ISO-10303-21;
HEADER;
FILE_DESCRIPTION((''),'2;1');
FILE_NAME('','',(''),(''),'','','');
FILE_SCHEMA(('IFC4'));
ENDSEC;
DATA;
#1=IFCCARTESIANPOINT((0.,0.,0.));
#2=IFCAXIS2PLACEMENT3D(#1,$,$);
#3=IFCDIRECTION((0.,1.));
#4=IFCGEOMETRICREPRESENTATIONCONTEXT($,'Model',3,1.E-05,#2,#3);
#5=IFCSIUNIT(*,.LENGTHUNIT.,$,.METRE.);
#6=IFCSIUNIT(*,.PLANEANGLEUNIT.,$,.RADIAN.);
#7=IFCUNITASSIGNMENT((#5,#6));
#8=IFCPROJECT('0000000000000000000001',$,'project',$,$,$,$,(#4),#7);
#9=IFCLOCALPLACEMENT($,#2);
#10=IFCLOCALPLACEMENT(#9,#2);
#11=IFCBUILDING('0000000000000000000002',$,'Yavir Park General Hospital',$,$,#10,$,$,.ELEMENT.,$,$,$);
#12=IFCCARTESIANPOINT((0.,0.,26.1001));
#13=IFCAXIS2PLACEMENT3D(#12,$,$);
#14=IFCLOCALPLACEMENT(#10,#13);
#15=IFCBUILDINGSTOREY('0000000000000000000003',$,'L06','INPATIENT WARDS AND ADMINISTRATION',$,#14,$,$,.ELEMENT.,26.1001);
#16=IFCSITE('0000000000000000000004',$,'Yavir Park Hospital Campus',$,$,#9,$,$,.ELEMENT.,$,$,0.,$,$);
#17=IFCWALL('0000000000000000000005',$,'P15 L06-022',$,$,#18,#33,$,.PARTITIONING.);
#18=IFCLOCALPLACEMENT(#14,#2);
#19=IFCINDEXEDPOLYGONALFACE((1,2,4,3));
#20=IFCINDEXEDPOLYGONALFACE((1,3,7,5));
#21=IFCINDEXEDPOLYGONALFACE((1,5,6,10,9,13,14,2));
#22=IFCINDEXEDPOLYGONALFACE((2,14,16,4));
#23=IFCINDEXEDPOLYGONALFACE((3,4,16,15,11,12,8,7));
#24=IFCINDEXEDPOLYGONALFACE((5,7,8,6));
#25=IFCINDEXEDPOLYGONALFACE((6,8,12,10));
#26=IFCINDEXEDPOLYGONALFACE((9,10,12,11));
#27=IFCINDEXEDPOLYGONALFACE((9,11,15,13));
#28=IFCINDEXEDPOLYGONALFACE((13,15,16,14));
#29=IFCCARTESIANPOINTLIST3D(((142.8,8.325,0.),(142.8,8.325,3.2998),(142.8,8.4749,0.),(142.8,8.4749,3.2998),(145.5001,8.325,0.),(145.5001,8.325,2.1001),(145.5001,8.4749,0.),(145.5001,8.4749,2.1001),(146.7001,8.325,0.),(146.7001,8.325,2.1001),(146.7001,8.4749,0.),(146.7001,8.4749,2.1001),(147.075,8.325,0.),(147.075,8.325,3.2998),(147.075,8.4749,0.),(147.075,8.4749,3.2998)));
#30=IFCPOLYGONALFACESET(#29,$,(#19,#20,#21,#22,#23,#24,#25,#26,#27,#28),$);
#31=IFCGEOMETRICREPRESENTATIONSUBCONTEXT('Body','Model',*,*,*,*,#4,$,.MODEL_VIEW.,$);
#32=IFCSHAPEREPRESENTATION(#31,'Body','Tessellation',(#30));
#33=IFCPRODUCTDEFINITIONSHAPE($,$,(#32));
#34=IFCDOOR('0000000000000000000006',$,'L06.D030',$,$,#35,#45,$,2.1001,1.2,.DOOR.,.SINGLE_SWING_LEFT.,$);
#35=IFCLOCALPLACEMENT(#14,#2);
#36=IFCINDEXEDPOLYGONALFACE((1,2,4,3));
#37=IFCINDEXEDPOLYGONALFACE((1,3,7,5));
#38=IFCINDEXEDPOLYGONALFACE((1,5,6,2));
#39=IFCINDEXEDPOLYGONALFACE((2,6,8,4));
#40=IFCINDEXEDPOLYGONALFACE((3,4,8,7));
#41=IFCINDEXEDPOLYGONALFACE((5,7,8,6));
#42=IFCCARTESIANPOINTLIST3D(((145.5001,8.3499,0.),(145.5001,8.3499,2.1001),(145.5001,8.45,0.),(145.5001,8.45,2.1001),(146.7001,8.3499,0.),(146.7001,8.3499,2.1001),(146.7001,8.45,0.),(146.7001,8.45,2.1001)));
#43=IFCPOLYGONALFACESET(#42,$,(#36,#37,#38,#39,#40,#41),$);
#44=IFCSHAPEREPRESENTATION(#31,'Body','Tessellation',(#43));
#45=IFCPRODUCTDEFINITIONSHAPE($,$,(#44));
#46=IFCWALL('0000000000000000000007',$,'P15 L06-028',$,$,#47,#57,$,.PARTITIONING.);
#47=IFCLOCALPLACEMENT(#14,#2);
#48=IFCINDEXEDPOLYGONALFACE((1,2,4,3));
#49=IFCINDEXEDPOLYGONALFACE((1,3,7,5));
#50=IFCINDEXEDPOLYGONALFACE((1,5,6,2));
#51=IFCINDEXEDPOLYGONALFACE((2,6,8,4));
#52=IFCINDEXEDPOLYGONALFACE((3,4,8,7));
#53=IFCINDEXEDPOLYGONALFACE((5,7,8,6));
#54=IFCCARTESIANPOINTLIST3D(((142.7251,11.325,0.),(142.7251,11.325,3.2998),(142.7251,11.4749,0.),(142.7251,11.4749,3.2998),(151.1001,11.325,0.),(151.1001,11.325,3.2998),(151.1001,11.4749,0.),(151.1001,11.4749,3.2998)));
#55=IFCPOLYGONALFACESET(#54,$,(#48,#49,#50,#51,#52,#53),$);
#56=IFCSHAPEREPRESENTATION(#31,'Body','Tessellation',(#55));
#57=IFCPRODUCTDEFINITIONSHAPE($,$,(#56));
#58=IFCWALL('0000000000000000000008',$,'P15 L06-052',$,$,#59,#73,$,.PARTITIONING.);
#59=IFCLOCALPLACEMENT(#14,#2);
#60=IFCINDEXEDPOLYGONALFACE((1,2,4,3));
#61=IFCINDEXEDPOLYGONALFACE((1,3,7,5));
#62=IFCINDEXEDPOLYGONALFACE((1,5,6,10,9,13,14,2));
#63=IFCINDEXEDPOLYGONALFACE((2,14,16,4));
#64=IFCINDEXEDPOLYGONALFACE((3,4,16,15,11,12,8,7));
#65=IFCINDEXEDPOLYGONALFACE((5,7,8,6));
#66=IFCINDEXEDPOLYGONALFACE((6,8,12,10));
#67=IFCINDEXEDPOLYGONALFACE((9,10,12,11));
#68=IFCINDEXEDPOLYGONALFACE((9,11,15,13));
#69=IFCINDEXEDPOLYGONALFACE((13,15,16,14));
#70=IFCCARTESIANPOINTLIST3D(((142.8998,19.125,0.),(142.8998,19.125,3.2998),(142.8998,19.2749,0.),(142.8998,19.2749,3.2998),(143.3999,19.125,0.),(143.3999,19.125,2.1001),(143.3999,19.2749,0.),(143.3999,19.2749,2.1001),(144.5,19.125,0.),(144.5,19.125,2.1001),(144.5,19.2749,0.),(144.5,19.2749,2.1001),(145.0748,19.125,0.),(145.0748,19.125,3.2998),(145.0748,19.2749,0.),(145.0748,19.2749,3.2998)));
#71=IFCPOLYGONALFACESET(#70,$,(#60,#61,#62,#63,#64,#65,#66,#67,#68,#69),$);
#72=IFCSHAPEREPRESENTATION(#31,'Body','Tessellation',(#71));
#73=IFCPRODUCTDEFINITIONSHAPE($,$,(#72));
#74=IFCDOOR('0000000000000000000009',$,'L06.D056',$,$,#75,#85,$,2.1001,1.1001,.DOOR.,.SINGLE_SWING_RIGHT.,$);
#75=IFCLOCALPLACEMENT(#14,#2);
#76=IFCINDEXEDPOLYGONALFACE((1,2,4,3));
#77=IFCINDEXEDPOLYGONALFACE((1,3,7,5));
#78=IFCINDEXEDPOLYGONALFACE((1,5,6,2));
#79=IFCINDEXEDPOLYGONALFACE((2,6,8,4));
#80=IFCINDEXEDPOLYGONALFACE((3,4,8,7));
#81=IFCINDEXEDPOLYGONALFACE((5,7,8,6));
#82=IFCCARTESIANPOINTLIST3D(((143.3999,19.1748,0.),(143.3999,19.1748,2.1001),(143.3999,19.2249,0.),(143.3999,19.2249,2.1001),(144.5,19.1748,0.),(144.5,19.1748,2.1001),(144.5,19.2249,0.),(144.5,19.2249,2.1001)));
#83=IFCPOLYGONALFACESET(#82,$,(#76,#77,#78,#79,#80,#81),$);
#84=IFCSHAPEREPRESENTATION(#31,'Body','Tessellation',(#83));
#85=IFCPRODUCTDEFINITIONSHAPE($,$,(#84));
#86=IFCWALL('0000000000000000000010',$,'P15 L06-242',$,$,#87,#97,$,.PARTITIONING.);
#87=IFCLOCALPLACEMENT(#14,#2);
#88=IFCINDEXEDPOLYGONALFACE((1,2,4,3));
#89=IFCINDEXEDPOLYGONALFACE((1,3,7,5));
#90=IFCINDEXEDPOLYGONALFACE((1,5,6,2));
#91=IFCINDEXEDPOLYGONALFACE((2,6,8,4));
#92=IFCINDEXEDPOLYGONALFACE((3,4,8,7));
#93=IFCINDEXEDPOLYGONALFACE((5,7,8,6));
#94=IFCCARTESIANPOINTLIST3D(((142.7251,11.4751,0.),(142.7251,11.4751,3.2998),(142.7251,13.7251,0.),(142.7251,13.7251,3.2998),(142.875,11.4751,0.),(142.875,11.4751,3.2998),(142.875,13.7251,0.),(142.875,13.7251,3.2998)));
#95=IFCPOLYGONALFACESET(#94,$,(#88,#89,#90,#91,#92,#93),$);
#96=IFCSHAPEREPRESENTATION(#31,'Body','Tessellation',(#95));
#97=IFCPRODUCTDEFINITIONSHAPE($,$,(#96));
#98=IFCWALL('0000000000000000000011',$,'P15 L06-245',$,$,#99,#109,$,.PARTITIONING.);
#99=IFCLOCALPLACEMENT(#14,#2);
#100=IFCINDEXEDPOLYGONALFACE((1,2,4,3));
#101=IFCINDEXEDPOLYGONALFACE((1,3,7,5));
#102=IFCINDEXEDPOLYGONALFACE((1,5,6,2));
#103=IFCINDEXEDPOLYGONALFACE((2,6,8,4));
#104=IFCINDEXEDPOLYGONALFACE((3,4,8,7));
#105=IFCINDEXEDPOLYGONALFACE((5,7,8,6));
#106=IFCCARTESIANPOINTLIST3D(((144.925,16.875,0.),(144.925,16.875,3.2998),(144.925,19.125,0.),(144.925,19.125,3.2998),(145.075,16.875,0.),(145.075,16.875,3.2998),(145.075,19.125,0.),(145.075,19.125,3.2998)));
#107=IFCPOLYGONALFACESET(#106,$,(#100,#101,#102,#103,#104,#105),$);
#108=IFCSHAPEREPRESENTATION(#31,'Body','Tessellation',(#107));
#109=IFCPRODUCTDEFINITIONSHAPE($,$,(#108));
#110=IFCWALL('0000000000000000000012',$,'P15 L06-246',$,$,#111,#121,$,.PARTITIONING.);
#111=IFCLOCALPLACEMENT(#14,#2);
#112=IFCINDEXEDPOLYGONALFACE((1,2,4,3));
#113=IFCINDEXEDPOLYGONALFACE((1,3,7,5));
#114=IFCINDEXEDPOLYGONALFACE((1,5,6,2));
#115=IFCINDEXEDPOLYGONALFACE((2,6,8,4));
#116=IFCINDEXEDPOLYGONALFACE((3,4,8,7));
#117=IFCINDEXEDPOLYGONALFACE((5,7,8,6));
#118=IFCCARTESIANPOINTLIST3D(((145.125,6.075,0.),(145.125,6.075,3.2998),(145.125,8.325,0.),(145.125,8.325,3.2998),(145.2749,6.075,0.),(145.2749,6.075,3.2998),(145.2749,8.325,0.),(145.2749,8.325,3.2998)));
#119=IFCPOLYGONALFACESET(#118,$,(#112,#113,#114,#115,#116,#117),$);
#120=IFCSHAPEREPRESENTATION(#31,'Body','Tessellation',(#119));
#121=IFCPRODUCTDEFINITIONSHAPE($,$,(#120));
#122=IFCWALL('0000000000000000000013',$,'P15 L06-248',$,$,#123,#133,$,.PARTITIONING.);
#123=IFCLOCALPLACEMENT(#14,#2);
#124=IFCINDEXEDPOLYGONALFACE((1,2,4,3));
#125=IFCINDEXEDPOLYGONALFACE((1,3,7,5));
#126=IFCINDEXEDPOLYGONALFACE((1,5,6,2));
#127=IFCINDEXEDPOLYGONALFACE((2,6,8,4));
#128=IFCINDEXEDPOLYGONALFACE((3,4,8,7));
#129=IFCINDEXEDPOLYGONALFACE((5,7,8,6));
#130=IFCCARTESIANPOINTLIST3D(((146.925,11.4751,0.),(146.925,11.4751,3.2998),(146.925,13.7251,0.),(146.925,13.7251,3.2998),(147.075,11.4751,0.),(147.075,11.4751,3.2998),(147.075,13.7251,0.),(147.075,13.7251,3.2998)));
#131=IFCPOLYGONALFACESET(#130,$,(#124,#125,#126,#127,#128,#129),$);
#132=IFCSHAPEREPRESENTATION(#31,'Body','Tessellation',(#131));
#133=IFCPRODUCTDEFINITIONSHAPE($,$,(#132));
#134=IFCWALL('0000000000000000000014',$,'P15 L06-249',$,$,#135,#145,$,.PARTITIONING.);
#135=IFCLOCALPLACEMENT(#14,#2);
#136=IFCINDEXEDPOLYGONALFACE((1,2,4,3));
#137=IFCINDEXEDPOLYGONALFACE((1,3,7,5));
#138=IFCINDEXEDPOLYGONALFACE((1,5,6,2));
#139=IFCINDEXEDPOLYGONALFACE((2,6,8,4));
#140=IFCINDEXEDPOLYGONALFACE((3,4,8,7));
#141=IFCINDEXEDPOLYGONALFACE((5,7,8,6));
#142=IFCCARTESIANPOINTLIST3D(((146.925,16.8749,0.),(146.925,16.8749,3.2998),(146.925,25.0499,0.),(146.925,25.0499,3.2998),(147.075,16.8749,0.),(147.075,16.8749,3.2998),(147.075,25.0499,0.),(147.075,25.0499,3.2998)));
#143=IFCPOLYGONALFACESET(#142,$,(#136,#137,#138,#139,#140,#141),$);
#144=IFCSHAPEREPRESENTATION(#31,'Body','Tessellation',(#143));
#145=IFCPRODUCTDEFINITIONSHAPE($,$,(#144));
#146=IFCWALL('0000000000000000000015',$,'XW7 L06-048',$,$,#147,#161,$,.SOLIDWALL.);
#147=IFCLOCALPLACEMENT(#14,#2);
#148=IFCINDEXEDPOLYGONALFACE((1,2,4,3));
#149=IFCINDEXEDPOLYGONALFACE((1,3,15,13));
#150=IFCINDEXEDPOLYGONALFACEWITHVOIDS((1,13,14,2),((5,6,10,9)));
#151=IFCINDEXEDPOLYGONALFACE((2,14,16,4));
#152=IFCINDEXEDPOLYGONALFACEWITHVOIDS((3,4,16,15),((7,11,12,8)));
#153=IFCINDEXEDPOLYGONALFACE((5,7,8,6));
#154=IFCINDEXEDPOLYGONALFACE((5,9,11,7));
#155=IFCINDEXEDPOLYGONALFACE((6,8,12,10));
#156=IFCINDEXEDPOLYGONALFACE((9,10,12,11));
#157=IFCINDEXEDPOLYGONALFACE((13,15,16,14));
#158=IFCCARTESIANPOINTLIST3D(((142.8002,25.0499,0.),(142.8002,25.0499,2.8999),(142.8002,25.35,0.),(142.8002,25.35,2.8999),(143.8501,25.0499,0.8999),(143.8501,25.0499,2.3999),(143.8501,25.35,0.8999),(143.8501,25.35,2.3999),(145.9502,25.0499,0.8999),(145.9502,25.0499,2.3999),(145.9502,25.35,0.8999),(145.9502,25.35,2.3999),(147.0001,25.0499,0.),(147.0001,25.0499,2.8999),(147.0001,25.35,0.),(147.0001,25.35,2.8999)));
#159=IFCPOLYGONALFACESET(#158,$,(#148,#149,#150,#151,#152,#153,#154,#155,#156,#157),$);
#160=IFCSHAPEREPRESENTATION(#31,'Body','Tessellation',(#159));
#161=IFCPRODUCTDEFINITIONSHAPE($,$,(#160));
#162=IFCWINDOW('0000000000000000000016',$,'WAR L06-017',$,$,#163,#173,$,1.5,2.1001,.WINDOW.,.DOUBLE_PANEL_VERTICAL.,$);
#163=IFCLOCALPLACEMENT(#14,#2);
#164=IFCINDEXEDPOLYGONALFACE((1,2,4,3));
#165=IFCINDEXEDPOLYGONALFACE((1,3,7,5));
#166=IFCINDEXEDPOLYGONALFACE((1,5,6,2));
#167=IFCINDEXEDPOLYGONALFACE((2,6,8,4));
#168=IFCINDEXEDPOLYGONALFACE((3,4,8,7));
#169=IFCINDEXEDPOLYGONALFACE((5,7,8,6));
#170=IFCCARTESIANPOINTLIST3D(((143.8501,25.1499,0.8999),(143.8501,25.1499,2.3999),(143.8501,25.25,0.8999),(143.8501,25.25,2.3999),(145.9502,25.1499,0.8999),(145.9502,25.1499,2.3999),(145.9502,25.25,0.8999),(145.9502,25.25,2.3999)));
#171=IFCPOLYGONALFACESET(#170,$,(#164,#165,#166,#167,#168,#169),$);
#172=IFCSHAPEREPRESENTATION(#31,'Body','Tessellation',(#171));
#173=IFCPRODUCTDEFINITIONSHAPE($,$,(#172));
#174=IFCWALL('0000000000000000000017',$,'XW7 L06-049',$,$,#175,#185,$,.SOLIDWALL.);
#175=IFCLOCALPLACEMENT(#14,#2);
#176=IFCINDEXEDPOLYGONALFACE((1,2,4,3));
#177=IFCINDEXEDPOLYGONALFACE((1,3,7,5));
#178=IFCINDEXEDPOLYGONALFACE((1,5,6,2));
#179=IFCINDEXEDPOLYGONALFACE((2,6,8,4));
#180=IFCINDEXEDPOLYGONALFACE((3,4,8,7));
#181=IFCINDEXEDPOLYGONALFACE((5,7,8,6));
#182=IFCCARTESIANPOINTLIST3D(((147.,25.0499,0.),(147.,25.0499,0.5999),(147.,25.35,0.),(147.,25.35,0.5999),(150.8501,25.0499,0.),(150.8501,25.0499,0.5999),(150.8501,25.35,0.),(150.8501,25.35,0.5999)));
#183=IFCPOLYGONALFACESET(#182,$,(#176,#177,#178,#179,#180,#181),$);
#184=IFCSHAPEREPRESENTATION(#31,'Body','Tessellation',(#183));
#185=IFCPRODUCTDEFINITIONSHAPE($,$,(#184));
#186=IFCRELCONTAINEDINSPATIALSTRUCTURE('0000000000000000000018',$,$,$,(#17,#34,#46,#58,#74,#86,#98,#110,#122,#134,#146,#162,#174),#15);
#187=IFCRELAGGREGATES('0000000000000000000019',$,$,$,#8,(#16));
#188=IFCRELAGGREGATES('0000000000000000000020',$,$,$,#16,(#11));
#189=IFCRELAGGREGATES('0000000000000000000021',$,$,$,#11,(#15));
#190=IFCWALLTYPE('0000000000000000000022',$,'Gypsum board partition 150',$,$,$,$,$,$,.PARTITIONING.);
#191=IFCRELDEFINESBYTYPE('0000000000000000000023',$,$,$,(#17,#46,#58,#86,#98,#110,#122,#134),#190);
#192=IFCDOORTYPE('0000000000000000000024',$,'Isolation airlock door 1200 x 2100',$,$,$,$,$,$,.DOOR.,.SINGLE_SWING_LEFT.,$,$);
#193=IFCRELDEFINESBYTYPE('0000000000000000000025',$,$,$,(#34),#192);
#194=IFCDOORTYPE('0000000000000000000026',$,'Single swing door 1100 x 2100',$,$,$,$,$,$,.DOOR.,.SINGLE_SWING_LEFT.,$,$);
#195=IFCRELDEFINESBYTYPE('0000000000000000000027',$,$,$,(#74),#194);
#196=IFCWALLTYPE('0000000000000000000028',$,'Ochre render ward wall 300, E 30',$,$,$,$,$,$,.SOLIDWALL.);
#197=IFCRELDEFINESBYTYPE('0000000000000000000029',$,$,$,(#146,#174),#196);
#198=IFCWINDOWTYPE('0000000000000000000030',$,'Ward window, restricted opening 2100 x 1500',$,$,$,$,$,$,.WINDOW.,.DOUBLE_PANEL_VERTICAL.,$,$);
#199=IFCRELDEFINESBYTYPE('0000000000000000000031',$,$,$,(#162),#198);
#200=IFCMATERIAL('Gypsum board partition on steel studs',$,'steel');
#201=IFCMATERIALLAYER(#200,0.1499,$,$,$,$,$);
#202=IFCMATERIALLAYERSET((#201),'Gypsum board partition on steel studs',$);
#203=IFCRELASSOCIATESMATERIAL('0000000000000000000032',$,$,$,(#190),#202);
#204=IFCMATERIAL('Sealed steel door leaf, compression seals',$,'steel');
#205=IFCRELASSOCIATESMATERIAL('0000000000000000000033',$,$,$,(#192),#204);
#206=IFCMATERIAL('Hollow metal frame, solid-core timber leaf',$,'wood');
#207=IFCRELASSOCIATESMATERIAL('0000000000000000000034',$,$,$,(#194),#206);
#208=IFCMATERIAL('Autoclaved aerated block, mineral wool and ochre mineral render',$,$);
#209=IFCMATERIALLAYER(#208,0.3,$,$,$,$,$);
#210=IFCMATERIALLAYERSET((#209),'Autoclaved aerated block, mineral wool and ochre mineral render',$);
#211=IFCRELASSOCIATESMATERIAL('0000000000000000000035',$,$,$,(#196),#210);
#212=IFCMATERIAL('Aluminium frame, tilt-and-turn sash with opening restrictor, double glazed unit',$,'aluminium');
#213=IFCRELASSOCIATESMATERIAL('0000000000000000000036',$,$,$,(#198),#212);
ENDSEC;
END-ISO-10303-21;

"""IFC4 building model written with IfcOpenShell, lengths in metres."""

from ifc_helpers import new_model, si_unit, direction, frame, frame_2d, origin, place, context, subcontext, project, spatial, rectangle, extrude, material, layer, layer_set, type_object, element, fill, save


model = new_model("IFC4")

# Units and contexts
model_context = context("Model", 3, precision=1e-05, world=origin(), true_north=direction((0.0, 1.0)))
body_context = subcontext(model_context, "Body", "Model", "MODEL_VIEW")
ifc_project = project(units=[si_unit("LENGTHUNIT", "METRE"), si_unit("PLANEANGLEUNIT", "RADIAN")], contexts=[model_context])

# Site, building, storey
site_placement = place(None, origin())
site = spatial("IfcSite", under=ifc_project, at=site_placement, Name="Yavir Park Hospital Campus", CompositionType="ELEMENT", RefElevation=0.0)
building_placement = place(site_placement, origin())
building = spatial("IfcBuilding", under=site, at=building_placement, Name="Yavir Park General Hospital", CompositionType="ELEMENT")
storey_placement = place(building_placement, frame((0.0, 0.0, 26.1001)))
storey = spatial("IfcBuildingStorey", under=building, at=storey_placement, Name="L06", Description="INPATIENT WARDS AND ADMINISTRATION", CompositionType="ELEMENT", Elevation=26.1001)

# Shared definitions
ifc_material_1 = material(Name="Gypsum board partition on steel studs", Category="steel")
ifc_layer_1 = layer(ifc_material_1, 0.1499)
ifc_layer_set_1 = layer_set([ifc_layer_1], Name="Gypsum board partition on steel studs")
wall_type_1 = type_object("IfcWallType", Name="Gypsum board partition 150", PredefinedType="PARTITIONING", material=ifc_layer_set_1)
ifc_material_2 = material(Name="Sealed steel door leaf, compression seals", Category="steel")
door_type_1 = type_object("IfcDoorType", Name="Isolation airlock door 1200 x 2100", OperationType="SINGLE_SWING_LEFT", PredefinedType="DOOR", material=ifc_material_2)
ifc_material_3 = material(Name="Hollow metal frame, solid-core timber leaf", Category="wood")
door_type_2 = type_object("IfcDoorType", Name="Single swing door 1100 x 2100", OperationType="SINGLE_SWING_LEFT", PredefinedType="DOOR", material=ifc_material_3)

# Wall, opening, door
wall_1_placement = place(storey_placement, frame((142.8, 8.3999, 0.0), z_axis=(0.0, 0.0, 1.0), x_axis=(1.0, 0.0, 0.0)))
wall_1 = element("IfcWall", 1, at=wall_1_placement, inside=storey, type_object=wall_type_1, Name="P15 L06-022", PredefinedType="PARTITIONING", context=body_context, shape_type="SweptSolid", body=[
    extrude(rectangle(XDim=4.2749, YDim=0.1499, at=frame_2d((2.1375, 0.0))), origin(), (0.0, 0.0, 1.0), 3.2998),
])
opening_1_placement = place(wall_1_placement, frame((2.7, 0.0, 0.0)))
opening_1 = element("IfcOpeningElement", 2, at=opening_1_placement, cuts=wall_1, PredefinedType="OPENING", context=body_context, shape_type="SweptSolid", body=[
    extrude(rectangle(XDim=1.2, YDim=2.1001, at=frame_2d((0.6001, 1.05))), frame((0.0, 0.085, 0.0), z_axis=(0.0, -1.0, 0.0), x_axis=(1.0, 0.0, 0.0)), (0.0, 0.0, 1.0), 0.1699),
])
door_1_placement = place(opening_1_placement, origin())
door_1 = element("IfcDoor", 3, at=door_1_placement, inside=storey, type_object=door_type_1, Name="L06.D030", OperationType="SINGLE_SWING_LEFT", OverallHeight=2.1001, OverallWidth=1.2, PredefinedType="DOOR", context=body_context, shape_type="SweptSolid", body=[
    extrude(rectangle(XDim=1.2, YDim=2.1001, at=frame_2d((0.6001, 1.05))), frame((0.0, 0.05, 0.0), z_axis=(0.0, -1.0, 0.0), x_axis=(1.0, 0.0, 0.0)), (0.0, 0.0, 1.0), 0.1001),
])
fill(opening_1, door_1)

# Wall
wall_2_placement = place(storey_placement, frame((142.7251, 11.3999, 0.0), z_axis=(0.0, 0.0, 1.0), x_axis=(1.0, 0.0, 0.0)))
element("IfcWall", 4, at=wall_2_placement, inside=storey, type_object=wall_type_1, Name="P15 L06-028", PredefinedType="PARTITIONING", context=body_context, shape_type="SweptSolid", body=[
    extrude(rectangle(XDim=8.375, YDim=0.1499, at=frame_2d((4.1875, 0.0))), origin(), (0.0, 0.0, 1.0), 3.2998),
])

# Wall, opening, door
wall_3_placement = place(storey_placement, frame((142.8999, 19.2, 0.0), z_axis=(0.0, 0.0, 1.0), x_axis=(1.0, 0.0, 0.0)))
wall_3 = element("IfcWall", 5, at=wall_3_placement, inside=storey, type_object=wall_type_1, Name="P15 L06-052", PredefinedType="PARTITIONING", context=body_context, shape_type="SweptSolid", body=[
    extrude(rectangle(XDim=2.175, YDim=0.1499, at=frame_2d((1.0874, 0.0))), origin(), (0.0, 0.0, 1.0), 3.2998),
])
opening_2_placement = place(wall_3_placement, frame((0.5, 0.0, 0.0)))
opening_2 = element("IfcOpeningElement", 6, at=opening_2_placement, cuts=wall_3, PredefinedType="OPENING", context=body_context, shape_type="SweptSolid", body=[
    extrude(rectangle(XDim=1.1001, YDim=2.1001, at=frame_2d((0.55, 1.05))), frame((0.0, 0.085, 0.0), z_axis=(0.0, -1.0, 0.0), x_axis=(1.0, 0.0, 0.0)), (0.0, 0.0, 1.0), 0.1699),
])
door_2_placement = place(opening_2_placement, origin())
door_2 = element("IfcDoor", 7, at=door_2_placement, inside=storey, type_object=door_type_2, Name="L06.D056", OperationType="SINGLE_SWING_RIGHT", OverallHeight=2.1001, OverallWidth=1.1001, PredefinedType="DOOR", context=body_context, shape_type="SweptSolid", body=[
    extrude(rectangle(XDim=1.1001, YDim=2.1001, at=frame_2d((0.55, 1.05))), frame((0.0, 0.0249, 0.0), z_axis=(0.0, -1.0, 0.0), x_axis=(1.0, 0.0, 0.0)), (0.0, 0.0, 1.0), 0.05),
])
fill(opening_2, door_2)

# Walls
for number, where, z_axis, x_axis, name in (
    (8, (142.8, 11.4751, 0.0), (0.0, 0.0, 1.0), (0.0, 1.0, 0.0), "P15 L06-242"),
    (9, (145.0, 16.875, 0.0), (0.0, 0.0, 1.0), (0.0, 1.0, 0.0), "P15 L06-245"),
    (10, (145.2, 6.075, 0.0), (0.0, 0.0, 1.0), (0.0, 1.0, 0.0), "P15 L06-246"),
    (11, (147.0, 11.4751, 0.0), (0.0, 0.0, 1.0), (0.0, 1.0, 0.0), "P15 L06-248"),
):
    element("IfcWall", number, at=place(storey_placement, frame(where, z_axis=z_axis, x_axis=x_axis)), inside=storey, type_object=wall_type_1, Name=name, PredefinedType="PARTITIONING", context=body_context, shape_type="SweptSolid", body=[
        extrude(rectangle(XDim=2.25, YDim=0.1499, at=frame_2d((1.125, 0.0))), origin(), (0.0, 0.0, 1.0), 3.2998),
    ])
wall_4_placement = place(storey_placement, frame((147.0, 16.875, 0.0), z_axis=(0.0, 0.0, 1.0), x_axis=(0.0, 1.0, 0.0)))
element("IfcWall", 12, at=wall_4_placement, inside=storey, type_object=wall_type_1, Name="P15 L06-249", PredefinedType="PARTITIONING", context=body_context, shape_type="SweptSolid", body=[
    extrude(rectangle(XDim=8.175, YDim=0.1499, at=frame_2d((4.0874, 0.0))), origin(), (0.0, 0.0, 1.0), 3.2998),
])

# Wall, opening, window
ifc_material_4 = material(Name="Autoclaved aerated block, mineral wool and ochre mineral render")
ifc_layer_2 = layer(ifc_material_4, 0.3)
ifc_layer_set_2 = layer_set([ifc_layer_2], Name="Autoclaved aerated block, mineral wool and ochre mineral render")
wall_type_2 = type_object("IfcWallType", Name="Ochre render ward wall 300, E 30", PredefinedType="SOLIDWALL", material=ifc_layer_set_2)
wall_5_placement = place(storey_placement, frame((142.8, 25.2, 0.0), z_axis=(0.0, 0.0, 1.0), x_axis=(1.0, 0.0, 0.0)))
wall_5 = element("IfcWall", 13, at=wall_5_placement, inside=storey, type_object=wall_type_2, Name="XW7 L06-048", PredefinedType="SOLIDWALL", context=body_context, shape_type="SweptSolid", body=[
    extrude(rectangle(XDim=4.2, YDim=0.3, at=frame_2d((2.1001, 0.0))), origin(), (0.0, 0.0, 1.0), 2.8999),
])
opening_3_placement = place(wall_5_placement, frame((1.05, 0.0, 0.8999)))
opening_3 = element("IfcOpeningElement", 14, at=opening_3_placement, cuts=wall_5, PredefinedType="OPENING", context=body_context, shape_type="SweptSolid", body=[
    extrude(rectangle(XDim=2.1001, YDim=1.5, at=frame_2d((1.05, 0.75))), frame((0.0, 0.1599, 0.0), z_axis=(0.0, -1.0, 0.0), x_axis=(1.0, 0.0, 0.0)), (0.0, 0.0, 1.0), 0.3201),
])
ifc_material_5 = material(Name="Aluminium frame, tilt-and-turn sash with opening restrictor, double glazed unit", Category="aluminium")
window_type = type_object("IfcWindowType", Name="Ward window, restricted opening 2100 x 1500", PartitioningType="DOUBLE_PANEL_VERTICAL", PredefinedType="WINDOW", material=ifc_material_5)
window_placement = place(opening_3_placement, origin())
window = element("IfcWindow", 15, at=window_placement, inside=storey, type_object=window_type, Name="WAR L06-017", OverallHeight=1.5, OverallWidth=2.1001, PartitioningType="DOUBLE_PANEL_VERTICAL", PredefinedType="WINDOW", context=body_context, shape_type="SweptSolid", body=[
    extrude(rectangle(XDim=2.1001, YDim=1.5, at=frame_2d((1.05, 0.75))), frame((0.0, 0.05, 0.0), z_axis=(0.0, -1.0, 0.0), x_axis=(1.0, 0.0, 0.0)), (0.0, 0.0, 1.0), 0.1001),
])
fill(opening_3, window)

# Wall
wall_6_placement = place(storey_placement, frame((147.0, 25.2, 0.0), z_axis=(0.0, 0.0, 1.0), x_axis=(1.0, 0.0, 0.0)))
element("IfcWall", 16, at=wall_6_placement, inside=storey, type_object=wall_type_2, Name="XW7 L06-049", PredefinedType="SOLIDWALL", context=body_context, shape_type="SweptSolid", body=[
    extrude(rectangle(XDim=3.8501, YDim=0.3, at=frame_2d((1.925, 0.0))), origin(), (0.0, 0.0, 1.0), 0.5999),
])

save(model, "model.ifc")
